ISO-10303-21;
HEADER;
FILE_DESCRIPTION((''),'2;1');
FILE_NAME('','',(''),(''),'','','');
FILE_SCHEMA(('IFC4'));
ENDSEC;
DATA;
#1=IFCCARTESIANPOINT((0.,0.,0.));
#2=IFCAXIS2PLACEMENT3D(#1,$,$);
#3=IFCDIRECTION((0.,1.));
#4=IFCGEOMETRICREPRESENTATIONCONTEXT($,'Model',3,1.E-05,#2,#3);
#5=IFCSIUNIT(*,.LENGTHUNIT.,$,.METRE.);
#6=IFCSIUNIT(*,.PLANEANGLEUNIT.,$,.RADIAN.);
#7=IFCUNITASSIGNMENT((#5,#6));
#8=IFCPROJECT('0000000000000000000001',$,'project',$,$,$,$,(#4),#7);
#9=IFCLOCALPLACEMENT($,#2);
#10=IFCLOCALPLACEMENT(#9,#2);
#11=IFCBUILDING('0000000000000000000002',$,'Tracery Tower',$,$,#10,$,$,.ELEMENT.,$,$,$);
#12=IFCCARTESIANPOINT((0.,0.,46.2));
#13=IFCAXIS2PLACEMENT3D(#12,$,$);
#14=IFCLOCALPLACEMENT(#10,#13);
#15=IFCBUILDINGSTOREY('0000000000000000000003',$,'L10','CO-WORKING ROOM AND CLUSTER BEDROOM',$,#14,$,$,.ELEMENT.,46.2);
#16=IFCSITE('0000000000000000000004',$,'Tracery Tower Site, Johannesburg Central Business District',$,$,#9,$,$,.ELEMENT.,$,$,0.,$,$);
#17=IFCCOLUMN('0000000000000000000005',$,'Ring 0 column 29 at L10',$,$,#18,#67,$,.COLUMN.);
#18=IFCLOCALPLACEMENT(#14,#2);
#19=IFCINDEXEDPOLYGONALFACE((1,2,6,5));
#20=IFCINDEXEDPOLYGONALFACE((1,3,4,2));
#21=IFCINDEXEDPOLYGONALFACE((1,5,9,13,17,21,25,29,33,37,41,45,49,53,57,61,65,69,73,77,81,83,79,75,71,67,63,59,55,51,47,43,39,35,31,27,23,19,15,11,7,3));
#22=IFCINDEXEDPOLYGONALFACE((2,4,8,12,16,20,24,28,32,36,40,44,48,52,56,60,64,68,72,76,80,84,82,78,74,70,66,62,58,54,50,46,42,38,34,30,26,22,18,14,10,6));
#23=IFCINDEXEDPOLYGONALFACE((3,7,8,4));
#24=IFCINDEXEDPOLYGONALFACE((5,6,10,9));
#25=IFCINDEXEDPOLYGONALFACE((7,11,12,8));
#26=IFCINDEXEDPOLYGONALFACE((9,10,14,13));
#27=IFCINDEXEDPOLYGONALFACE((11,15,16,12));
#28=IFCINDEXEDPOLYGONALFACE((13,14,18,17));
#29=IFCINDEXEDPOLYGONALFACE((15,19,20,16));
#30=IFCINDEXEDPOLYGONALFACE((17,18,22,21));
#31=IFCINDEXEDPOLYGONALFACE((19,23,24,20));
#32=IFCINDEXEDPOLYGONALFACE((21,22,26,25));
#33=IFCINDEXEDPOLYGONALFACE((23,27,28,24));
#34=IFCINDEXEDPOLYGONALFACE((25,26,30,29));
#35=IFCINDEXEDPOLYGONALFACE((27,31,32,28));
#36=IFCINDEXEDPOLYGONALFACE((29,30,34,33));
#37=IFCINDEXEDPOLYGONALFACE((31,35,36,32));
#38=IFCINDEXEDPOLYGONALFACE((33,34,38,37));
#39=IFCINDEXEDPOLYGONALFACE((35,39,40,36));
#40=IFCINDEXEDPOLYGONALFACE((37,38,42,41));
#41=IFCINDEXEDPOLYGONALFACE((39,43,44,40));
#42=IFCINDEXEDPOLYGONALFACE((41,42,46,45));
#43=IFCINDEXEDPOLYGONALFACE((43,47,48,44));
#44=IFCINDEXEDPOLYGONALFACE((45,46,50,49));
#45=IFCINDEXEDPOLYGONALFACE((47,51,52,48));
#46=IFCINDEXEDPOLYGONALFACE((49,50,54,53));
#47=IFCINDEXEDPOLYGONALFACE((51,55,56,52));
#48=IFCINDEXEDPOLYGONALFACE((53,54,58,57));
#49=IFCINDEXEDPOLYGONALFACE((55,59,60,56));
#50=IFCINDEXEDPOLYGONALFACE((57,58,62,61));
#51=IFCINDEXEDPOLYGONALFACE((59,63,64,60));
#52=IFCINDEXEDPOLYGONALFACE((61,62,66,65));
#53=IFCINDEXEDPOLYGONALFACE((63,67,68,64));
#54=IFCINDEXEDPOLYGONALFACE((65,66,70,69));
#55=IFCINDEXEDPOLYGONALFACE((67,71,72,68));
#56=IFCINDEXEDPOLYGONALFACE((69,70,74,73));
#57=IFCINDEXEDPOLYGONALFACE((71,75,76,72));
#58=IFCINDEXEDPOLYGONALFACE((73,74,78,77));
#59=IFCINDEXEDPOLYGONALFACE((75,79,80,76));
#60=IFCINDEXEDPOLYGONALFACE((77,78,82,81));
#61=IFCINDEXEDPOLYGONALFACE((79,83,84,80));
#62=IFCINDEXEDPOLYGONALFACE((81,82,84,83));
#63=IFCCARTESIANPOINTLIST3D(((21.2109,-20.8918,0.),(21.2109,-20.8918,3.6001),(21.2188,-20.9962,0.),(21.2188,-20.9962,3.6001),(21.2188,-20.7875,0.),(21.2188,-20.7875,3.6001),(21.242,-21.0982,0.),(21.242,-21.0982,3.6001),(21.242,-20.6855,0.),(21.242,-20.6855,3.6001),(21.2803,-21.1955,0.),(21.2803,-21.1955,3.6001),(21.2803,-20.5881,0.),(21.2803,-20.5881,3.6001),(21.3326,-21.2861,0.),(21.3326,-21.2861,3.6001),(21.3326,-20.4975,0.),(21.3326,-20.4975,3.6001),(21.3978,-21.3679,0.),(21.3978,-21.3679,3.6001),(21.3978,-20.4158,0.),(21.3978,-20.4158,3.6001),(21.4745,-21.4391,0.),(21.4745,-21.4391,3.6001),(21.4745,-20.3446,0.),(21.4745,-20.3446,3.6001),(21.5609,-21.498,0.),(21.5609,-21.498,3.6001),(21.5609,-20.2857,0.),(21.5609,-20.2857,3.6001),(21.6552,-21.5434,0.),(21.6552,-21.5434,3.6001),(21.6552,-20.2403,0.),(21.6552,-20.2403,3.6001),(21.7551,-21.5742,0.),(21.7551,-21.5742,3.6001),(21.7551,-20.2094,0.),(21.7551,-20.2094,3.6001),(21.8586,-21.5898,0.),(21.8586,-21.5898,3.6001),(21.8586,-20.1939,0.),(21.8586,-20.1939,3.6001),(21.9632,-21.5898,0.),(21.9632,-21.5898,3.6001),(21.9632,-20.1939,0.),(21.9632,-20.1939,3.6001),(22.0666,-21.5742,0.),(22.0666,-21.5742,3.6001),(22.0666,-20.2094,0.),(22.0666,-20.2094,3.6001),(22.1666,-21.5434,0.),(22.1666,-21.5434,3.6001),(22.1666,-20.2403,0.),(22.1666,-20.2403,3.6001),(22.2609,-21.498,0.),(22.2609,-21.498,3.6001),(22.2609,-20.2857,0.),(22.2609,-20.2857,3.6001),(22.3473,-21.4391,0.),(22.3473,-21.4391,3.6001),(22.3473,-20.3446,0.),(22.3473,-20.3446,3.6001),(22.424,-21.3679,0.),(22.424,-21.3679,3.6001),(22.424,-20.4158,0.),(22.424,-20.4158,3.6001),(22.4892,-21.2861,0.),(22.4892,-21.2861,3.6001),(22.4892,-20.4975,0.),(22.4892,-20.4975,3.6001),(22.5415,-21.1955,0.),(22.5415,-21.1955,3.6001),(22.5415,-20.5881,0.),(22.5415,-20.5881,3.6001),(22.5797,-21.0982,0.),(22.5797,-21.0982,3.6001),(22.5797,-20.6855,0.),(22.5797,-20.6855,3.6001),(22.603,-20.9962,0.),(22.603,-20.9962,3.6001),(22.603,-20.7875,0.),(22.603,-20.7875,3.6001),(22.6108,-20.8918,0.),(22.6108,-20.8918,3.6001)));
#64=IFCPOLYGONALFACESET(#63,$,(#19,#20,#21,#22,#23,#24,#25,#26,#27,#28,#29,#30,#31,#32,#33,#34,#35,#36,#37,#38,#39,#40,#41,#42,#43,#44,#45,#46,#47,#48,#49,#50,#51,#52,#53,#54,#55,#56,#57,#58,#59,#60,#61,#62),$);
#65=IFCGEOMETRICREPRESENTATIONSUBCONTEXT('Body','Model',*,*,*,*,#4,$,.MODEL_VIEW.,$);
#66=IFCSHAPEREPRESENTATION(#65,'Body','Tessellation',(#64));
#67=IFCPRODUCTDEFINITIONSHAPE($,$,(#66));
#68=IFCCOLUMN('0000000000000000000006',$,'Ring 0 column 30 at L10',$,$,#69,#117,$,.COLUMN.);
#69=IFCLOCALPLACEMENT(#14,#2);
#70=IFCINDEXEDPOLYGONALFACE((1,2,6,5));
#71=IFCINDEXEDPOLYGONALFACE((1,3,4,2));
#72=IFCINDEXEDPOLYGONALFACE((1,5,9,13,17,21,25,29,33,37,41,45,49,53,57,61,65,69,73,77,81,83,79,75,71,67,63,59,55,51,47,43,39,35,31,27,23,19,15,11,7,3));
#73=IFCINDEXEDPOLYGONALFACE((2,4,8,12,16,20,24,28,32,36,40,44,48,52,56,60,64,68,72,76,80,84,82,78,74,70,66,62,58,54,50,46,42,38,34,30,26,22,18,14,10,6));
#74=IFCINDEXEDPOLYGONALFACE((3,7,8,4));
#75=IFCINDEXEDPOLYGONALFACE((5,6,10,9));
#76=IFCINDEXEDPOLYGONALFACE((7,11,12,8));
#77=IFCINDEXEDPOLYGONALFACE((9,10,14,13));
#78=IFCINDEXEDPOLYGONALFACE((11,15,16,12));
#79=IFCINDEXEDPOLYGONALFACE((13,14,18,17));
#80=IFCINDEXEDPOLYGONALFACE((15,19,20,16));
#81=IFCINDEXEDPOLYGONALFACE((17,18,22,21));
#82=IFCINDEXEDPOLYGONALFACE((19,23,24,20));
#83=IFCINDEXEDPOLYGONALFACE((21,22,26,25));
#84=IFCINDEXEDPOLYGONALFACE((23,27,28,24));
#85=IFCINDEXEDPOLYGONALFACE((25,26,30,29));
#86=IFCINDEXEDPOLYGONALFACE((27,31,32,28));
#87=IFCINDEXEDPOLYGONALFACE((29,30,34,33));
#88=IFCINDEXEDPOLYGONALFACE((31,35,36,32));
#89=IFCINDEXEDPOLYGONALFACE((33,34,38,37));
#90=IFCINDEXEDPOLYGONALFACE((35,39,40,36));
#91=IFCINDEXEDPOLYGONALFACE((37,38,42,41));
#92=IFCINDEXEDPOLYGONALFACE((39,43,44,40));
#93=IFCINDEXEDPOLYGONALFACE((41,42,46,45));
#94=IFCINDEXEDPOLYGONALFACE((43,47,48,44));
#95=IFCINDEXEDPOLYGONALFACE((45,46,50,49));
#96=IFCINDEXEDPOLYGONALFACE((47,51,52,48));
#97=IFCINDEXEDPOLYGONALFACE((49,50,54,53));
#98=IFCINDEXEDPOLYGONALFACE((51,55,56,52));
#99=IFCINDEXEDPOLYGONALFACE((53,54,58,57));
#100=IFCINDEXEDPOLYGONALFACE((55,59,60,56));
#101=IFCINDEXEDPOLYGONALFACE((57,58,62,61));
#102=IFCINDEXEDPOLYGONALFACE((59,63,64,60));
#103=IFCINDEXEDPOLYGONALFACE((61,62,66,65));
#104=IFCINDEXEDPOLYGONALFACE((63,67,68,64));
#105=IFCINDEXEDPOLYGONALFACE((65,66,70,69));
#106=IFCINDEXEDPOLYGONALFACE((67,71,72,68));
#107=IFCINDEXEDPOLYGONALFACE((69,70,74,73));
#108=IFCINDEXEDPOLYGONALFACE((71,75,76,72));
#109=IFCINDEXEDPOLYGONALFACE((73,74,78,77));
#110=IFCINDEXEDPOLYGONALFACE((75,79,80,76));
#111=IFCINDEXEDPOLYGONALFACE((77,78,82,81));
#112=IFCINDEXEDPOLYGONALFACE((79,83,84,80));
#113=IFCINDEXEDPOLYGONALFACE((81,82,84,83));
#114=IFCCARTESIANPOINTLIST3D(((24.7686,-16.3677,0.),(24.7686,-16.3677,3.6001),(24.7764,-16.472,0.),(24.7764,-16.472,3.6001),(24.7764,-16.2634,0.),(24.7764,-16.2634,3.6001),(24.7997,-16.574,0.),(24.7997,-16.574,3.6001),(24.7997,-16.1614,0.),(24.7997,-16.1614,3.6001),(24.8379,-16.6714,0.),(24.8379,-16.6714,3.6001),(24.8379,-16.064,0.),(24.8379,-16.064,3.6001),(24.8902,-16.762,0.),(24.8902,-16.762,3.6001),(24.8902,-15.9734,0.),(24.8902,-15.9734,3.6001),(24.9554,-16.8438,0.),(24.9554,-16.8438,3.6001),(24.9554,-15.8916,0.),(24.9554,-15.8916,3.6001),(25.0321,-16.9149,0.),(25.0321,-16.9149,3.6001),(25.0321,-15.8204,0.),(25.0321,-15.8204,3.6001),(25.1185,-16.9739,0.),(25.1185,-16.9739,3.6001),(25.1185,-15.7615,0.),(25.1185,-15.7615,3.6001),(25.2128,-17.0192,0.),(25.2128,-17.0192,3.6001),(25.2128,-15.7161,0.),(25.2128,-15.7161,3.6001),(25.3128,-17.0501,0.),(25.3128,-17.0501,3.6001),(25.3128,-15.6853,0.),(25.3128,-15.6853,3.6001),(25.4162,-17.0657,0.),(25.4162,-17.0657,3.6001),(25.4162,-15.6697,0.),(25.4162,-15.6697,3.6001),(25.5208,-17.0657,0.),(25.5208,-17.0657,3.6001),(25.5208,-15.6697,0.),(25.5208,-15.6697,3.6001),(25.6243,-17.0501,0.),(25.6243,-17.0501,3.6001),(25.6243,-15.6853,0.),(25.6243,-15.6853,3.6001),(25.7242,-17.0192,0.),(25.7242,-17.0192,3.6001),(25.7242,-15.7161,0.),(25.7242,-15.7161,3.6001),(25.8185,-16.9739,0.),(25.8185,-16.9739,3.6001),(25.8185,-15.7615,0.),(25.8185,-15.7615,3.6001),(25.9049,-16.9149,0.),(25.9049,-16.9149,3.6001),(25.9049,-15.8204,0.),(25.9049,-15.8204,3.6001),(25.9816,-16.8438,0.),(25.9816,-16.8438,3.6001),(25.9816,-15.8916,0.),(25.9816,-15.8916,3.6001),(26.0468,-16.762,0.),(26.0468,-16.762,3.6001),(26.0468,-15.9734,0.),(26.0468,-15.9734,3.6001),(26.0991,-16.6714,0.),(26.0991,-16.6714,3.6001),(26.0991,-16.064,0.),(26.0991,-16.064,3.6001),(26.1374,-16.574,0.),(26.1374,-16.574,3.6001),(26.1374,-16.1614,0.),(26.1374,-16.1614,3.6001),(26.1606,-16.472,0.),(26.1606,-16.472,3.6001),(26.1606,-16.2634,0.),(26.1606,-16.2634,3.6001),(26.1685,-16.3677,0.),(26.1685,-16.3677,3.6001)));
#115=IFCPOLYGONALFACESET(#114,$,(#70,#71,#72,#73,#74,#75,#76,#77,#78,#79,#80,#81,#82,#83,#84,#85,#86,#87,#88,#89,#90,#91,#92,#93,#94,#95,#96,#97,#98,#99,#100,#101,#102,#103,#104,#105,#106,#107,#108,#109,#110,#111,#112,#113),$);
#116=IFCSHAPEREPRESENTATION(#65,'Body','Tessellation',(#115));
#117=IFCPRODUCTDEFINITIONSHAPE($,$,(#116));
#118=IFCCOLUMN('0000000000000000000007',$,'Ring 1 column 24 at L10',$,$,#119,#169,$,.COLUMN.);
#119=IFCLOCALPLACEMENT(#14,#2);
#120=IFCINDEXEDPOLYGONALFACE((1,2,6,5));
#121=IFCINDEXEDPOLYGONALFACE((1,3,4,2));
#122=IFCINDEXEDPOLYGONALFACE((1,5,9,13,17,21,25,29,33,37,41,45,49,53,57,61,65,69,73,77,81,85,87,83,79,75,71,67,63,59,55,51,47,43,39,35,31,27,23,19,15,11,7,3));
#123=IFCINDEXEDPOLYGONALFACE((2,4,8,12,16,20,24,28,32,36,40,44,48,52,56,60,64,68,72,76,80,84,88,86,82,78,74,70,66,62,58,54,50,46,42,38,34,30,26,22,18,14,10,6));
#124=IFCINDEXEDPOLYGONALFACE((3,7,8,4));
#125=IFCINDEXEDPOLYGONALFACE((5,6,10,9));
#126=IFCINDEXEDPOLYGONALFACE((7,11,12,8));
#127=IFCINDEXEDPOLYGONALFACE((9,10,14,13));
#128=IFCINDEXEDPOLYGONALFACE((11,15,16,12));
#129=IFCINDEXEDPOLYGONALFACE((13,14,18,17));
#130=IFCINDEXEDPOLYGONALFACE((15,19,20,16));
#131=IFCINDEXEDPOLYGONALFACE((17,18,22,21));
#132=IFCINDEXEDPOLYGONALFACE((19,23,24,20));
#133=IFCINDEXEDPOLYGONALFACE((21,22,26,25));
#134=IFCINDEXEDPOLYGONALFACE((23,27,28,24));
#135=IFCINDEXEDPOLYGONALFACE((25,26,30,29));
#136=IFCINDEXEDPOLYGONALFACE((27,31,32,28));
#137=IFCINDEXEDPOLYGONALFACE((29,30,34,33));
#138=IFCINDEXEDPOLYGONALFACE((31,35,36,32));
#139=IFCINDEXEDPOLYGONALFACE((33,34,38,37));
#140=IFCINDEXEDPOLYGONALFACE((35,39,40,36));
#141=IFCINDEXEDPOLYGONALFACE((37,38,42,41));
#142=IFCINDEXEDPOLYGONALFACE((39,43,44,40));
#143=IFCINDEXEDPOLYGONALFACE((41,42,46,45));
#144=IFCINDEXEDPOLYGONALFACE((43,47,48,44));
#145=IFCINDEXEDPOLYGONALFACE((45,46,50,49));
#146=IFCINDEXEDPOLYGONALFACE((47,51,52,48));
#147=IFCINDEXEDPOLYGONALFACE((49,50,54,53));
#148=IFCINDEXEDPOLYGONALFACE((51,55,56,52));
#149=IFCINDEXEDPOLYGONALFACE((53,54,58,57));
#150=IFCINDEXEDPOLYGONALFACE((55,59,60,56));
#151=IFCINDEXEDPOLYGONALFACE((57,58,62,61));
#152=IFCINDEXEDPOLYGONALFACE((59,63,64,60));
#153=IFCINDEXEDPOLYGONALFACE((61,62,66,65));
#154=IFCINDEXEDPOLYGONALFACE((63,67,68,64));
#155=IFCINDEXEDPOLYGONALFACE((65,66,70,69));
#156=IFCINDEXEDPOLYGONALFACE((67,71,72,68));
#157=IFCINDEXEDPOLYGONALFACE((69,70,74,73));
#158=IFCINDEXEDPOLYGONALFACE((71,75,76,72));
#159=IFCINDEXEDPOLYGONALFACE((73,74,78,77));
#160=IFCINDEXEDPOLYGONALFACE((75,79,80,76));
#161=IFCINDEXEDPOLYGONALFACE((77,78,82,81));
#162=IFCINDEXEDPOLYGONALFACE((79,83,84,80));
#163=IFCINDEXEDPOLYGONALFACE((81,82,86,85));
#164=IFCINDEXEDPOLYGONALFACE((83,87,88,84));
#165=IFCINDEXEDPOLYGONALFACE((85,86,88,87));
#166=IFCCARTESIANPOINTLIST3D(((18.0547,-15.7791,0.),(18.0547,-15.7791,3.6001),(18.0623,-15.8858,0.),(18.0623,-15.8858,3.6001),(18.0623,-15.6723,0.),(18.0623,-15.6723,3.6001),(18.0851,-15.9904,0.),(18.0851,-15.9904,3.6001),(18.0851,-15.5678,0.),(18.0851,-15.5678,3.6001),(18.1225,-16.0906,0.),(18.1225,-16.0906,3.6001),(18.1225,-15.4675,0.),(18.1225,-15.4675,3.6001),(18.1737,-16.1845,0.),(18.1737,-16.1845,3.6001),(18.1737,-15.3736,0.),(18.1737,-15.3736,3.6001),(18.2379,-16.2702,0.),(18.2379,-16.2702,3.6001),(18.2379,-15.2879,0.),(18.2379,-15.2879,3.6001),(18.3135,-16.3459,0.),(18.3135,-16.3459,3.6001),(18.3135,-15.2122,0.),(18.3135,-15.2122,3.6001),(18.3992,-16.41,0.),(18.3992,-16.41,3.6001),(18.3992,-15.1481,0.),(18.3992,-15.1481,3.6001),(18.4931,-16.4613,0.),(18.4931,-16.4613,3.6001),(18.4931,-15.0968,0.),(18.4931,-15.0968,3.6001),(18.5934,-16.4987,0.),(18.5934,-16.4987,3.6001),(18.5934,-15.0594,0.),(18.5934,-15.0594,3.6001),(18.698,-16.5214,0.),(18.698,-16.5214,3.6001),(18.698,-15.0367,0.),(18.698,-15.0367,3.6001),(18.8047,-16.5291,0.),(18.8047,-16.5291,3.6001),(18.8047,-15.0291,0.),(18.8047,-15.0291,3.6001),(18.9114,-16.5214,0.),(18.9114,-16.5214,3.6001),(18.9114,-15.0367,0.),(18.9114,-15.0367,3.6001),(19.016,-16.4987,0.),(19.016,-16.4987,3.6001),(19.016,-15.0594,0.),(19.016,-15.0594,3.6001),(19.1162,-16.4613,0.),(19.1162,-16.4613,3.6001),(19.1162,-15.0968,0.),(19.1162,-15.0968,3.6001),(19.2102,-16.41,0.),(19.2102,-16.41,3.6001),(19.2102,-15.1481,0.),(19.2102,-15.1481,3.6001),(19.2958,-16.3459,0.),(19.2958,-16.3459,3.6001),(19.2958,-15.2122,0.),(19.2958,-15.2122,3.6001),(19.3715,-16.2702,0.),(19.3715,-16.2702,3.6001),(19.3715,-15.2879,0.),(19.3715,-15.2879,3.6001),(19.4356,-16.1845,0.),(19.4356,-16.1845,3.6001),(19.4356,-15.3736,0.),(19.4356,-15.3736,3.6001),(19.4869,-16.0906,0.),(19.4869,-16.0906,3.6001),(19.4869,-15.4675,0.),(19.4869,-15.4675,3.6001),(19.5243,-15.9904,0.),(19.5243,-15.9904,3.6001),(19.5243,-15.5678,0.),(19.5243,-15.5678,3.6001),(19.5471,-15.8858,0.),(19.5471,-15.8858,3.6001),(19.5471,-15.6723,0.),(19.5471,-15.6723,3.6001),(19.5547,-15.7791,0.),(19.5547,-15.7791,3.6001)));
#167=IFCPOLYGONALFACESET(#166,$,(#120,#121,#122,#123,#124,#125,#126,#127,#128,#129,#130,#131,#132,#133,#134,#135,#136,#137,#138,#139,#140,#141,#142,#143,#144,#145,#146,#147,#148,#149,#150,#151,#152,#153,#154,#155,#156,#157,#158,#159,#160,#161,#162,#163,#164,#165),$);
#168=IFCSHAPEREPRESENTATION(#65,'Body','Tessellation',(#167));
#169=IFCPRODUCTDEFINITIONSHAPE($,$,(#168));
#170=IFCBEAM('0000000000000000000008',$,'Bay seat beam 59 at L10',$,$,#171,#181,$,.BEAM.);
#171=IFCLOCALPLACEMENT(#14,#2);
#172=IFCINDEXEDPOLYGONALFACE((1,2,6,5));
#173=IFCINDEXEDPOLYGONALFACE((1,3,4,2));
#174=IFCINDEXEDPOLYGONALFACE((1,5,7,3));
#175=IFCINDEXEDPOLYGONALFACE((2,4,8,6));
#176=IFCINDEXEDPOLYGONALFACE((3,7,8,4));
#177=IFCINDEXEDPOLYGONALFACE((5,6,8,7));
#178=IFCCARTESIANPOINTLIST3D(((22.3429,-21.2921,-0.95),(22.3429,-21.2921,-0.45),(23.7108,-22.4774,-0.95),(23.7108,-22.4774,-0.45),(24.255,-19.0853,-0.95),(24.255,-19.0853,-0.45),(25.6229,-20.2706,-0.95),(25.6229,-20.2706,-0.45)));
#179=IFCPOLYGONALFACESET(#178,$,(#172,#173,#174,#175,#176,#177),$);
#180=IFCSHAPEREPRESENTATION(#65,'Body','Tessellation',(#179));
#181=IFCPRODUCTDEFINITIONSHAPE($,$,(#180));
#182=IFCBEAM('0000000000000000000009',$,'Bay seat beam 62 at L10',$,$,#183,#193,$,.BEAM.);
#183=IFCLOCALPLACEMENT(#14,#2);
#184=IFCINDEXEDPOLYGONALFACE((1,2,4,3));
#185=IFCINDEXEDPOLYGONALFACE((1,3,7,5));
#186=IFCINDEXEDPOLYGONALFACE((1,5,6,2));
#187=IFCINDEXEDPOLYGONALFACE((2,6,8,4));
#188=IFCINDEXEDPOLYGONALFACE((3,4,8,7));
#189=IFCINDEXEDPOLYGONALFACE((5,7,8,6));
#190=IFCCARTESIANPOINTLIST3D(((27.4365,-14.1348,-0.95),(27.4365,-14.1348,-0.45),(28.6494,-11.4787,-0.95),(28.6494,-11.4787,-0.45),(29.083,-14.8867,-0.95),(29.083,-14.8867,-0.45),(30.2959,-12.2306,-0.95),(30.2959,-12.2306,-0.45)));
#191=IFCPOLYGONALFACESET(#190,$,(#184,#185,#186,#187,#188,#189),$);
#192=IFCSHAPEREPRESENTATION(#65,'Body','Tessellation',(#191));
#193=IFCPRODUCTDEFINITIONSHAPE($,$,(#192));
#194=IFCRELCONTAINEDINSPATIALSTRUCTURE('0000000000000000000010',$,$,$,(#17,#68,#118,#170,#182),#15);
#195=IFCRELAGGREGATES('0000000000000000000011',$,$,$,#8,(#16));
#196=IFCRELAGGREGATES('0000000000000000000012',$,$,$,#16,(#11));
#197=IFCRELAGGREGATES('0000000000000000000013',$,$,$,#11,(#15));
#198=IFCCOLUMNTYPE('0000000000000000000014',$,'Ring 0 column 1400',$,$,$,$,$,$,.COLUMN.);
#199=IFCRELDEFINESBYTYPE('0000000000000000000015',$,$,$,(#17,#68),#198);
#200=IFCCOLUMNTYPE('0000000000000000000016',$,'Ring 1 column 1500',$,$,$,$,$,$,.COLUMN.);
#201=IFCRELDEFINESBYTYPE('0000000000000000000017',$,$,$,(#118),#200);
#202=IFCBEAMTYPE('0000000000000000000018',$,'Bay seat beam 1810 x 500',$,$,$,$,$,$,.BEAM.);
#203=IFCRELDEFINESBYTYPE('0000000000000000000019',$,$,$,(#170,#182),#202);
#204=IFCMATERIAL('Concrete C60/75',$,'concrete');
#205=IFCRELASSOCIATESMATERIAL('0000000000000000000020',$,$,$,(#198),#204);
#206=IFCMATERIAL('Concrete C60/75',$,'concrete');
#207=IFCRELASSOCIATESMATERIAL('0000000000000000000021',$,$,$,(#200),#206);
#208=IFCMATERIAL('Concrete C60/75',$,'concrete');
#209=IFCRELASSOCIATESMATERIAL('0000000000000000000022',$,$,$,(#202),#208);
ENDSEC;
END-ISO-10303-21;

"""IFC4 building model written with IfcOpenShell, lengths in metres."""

from ifc_helpers import new_model, si_unit, direction, frame, origin, origin_2d, place, context, subcontext, project, spatial, rectangle, circle, extrude, material, material_profile, profile_set, type_object, element, save


model = new_model("IFC4")

# Units and contexts
model_context = context("Model", 3, precision=1e-05, world=origin(), true_north=direction((0.0, 1.0)))
body_context = subcontext(model_context, "Body", "Model", "MODEL_VIEW")
ifc_project = project(units=[si_unit("LENGTHUNIT", "METRE"), si_unit("PLANEANGLEUNIT", "RADIAN")], contexts=[model_context])

# Site, building, storey
site_placement = place(None, origin())
site = spatial("IfcSite", under=ifc_project, at=site_placement, Name="Tracery Tower Site, Johannesburg Central Business District", CompositionType="ELEMENT", RefElevation=0.0)
building_placement = place(site_placement, origin())
building = spatial("IfcBuilding", under=site, at=building_placement, Name="Tracery Tower", CompositionType="ELEMENT")
storey_placement = place(building_placement, frame((0.0, 0.0, 46.2)))
storey = spatial("IfcBuildingStorey", under=building, at=storey_placement, Name="L10", Description="CO-WORKING ROOM AND CLUSTER BEDROOM", CompositionType="ELEMENT", Elevation=46.2)

# Columns
ifc_material_1 = material(Name="Concrete C60/75", Category="concrete")
ifc_material_profile_1 = material_profile(ifc_material_1, circle(Radius=0.7, at=origin_2d()), Name="RC D1400")
ifc_profile_set_1 = profile_set([ifc_material_profile_1], Name="Concrete C60/75")
column_type_1 = type_object("IfcColumnType", Name="Ring 0 column 1400", PredefinedType="COLUMN", material=ifc_profile_set_1)
for number, where, z_axis, x_axis, name in (
    (1, (21.9109, -20.8918, 0.0), (0.0, 0.0, 1.0), (1.0, 0.0, 0.0), "Ring 0 column 29 at L10"),
    (2, (25.4685, -16.3677, 0.0), (0.0, 0.0, 1.0), (1.0, 0.0, 0.0), "Ring 0 column 30 at L10"),
):
    element("IfcColumn", number, at=place(storey_placement, frame(where, z_axis=z_axis, x_axis=x_axis)), inside=storey, type_object=column_type_1, Name=name, PredefinedType="COLUMN", context=body_context, shape_type="SweptSolid", body=[
        extrude(circle(Radius=0.7, at=origin_2d()), origin(), (0.0, 0.0, 1.0), 3.6001),
    ])
ifc_material_2 = material(Name="Concrete C60/75", Category="concrete")
ifc_material_profile_2 = material_profile(ifc_material_2, circle(Radius=0.75, at=origin_2d()), Name="RC D1500")
ifc_profile_set_2 = profile_set([ifc_material_profile_2], Name="Concrete C60/75")
column_type_2 = type_object("IfcColumnType", Name="Ring 1 column 1500", PredefinedType="COLUMN", material=ifc_profile_set_2)
column_placement = place(storey_placement, frame((18.8047, -15.7791, 0.0), z_axis=(0.0, 0.0, 1.0), x_axis=(1.0, 0.0, 0.0)))
element("IfcColumn", 3, at=column_placement, inside=storey, type_object=column_type_2, Name="Ring 1 column 24 at L10", PredefinedType="COLUMN", context=body_context, shape_type="SweptSolid", body=[
    extrude(circle(Radius=0.75, at=origin_2d()), origin(), (0.0, 0.0, 1.0), 3.6001),
])

# Beams
ifc_material_3 = material(Name="Concrete C60/75", Category="concrete")
ifc_material_profile_3 = material_profile(ifc_material_3, rectangle(XDim=1.8101, YDim=0.5, at=origin_2d()), Name="RC 1810x500")
ifc_profile_set_3 = profile_set([ifc_material_profile_3], Name="Concrete C60/75")
beam_type_1 = type_object("IfcBeamType", Name="Bay seat beam 1810 x 500", PredefinedType="BEAM", material=ifc_profile_set_3)
for number, where, z_axis, x_axis, name in (
    (4, (23.0269, -21.8848, -0.7), (0.654845, 0.755764, 0.0), (-0.755764, 0.654845, 0.0), "Bay seat beam 59 at L10"),
    (5, (28.2598, -14.5107, -0.7), (0.415396, 0.909641, 0.0), (-0.909641, 0.415396, 0.0), "Bay seat beam 62 at L10"),
):
    element("IfcBeam", number, at=place(storey_placement, frame(where, z_axis=z_axis, x_axis=x_axis)), inside=storey, type_object=beam_type_1, Name=name, PredefinedType="BEAM", context=body_context, shape_type="SweptSolid", body=[
        extrude(rectangle(XDim=1.8101, YDim=0.5, at=origin_2d()), origin(), (0.0, 0.0, 1.0), 2.9199),
    ])

save(model, "model.ifc")
